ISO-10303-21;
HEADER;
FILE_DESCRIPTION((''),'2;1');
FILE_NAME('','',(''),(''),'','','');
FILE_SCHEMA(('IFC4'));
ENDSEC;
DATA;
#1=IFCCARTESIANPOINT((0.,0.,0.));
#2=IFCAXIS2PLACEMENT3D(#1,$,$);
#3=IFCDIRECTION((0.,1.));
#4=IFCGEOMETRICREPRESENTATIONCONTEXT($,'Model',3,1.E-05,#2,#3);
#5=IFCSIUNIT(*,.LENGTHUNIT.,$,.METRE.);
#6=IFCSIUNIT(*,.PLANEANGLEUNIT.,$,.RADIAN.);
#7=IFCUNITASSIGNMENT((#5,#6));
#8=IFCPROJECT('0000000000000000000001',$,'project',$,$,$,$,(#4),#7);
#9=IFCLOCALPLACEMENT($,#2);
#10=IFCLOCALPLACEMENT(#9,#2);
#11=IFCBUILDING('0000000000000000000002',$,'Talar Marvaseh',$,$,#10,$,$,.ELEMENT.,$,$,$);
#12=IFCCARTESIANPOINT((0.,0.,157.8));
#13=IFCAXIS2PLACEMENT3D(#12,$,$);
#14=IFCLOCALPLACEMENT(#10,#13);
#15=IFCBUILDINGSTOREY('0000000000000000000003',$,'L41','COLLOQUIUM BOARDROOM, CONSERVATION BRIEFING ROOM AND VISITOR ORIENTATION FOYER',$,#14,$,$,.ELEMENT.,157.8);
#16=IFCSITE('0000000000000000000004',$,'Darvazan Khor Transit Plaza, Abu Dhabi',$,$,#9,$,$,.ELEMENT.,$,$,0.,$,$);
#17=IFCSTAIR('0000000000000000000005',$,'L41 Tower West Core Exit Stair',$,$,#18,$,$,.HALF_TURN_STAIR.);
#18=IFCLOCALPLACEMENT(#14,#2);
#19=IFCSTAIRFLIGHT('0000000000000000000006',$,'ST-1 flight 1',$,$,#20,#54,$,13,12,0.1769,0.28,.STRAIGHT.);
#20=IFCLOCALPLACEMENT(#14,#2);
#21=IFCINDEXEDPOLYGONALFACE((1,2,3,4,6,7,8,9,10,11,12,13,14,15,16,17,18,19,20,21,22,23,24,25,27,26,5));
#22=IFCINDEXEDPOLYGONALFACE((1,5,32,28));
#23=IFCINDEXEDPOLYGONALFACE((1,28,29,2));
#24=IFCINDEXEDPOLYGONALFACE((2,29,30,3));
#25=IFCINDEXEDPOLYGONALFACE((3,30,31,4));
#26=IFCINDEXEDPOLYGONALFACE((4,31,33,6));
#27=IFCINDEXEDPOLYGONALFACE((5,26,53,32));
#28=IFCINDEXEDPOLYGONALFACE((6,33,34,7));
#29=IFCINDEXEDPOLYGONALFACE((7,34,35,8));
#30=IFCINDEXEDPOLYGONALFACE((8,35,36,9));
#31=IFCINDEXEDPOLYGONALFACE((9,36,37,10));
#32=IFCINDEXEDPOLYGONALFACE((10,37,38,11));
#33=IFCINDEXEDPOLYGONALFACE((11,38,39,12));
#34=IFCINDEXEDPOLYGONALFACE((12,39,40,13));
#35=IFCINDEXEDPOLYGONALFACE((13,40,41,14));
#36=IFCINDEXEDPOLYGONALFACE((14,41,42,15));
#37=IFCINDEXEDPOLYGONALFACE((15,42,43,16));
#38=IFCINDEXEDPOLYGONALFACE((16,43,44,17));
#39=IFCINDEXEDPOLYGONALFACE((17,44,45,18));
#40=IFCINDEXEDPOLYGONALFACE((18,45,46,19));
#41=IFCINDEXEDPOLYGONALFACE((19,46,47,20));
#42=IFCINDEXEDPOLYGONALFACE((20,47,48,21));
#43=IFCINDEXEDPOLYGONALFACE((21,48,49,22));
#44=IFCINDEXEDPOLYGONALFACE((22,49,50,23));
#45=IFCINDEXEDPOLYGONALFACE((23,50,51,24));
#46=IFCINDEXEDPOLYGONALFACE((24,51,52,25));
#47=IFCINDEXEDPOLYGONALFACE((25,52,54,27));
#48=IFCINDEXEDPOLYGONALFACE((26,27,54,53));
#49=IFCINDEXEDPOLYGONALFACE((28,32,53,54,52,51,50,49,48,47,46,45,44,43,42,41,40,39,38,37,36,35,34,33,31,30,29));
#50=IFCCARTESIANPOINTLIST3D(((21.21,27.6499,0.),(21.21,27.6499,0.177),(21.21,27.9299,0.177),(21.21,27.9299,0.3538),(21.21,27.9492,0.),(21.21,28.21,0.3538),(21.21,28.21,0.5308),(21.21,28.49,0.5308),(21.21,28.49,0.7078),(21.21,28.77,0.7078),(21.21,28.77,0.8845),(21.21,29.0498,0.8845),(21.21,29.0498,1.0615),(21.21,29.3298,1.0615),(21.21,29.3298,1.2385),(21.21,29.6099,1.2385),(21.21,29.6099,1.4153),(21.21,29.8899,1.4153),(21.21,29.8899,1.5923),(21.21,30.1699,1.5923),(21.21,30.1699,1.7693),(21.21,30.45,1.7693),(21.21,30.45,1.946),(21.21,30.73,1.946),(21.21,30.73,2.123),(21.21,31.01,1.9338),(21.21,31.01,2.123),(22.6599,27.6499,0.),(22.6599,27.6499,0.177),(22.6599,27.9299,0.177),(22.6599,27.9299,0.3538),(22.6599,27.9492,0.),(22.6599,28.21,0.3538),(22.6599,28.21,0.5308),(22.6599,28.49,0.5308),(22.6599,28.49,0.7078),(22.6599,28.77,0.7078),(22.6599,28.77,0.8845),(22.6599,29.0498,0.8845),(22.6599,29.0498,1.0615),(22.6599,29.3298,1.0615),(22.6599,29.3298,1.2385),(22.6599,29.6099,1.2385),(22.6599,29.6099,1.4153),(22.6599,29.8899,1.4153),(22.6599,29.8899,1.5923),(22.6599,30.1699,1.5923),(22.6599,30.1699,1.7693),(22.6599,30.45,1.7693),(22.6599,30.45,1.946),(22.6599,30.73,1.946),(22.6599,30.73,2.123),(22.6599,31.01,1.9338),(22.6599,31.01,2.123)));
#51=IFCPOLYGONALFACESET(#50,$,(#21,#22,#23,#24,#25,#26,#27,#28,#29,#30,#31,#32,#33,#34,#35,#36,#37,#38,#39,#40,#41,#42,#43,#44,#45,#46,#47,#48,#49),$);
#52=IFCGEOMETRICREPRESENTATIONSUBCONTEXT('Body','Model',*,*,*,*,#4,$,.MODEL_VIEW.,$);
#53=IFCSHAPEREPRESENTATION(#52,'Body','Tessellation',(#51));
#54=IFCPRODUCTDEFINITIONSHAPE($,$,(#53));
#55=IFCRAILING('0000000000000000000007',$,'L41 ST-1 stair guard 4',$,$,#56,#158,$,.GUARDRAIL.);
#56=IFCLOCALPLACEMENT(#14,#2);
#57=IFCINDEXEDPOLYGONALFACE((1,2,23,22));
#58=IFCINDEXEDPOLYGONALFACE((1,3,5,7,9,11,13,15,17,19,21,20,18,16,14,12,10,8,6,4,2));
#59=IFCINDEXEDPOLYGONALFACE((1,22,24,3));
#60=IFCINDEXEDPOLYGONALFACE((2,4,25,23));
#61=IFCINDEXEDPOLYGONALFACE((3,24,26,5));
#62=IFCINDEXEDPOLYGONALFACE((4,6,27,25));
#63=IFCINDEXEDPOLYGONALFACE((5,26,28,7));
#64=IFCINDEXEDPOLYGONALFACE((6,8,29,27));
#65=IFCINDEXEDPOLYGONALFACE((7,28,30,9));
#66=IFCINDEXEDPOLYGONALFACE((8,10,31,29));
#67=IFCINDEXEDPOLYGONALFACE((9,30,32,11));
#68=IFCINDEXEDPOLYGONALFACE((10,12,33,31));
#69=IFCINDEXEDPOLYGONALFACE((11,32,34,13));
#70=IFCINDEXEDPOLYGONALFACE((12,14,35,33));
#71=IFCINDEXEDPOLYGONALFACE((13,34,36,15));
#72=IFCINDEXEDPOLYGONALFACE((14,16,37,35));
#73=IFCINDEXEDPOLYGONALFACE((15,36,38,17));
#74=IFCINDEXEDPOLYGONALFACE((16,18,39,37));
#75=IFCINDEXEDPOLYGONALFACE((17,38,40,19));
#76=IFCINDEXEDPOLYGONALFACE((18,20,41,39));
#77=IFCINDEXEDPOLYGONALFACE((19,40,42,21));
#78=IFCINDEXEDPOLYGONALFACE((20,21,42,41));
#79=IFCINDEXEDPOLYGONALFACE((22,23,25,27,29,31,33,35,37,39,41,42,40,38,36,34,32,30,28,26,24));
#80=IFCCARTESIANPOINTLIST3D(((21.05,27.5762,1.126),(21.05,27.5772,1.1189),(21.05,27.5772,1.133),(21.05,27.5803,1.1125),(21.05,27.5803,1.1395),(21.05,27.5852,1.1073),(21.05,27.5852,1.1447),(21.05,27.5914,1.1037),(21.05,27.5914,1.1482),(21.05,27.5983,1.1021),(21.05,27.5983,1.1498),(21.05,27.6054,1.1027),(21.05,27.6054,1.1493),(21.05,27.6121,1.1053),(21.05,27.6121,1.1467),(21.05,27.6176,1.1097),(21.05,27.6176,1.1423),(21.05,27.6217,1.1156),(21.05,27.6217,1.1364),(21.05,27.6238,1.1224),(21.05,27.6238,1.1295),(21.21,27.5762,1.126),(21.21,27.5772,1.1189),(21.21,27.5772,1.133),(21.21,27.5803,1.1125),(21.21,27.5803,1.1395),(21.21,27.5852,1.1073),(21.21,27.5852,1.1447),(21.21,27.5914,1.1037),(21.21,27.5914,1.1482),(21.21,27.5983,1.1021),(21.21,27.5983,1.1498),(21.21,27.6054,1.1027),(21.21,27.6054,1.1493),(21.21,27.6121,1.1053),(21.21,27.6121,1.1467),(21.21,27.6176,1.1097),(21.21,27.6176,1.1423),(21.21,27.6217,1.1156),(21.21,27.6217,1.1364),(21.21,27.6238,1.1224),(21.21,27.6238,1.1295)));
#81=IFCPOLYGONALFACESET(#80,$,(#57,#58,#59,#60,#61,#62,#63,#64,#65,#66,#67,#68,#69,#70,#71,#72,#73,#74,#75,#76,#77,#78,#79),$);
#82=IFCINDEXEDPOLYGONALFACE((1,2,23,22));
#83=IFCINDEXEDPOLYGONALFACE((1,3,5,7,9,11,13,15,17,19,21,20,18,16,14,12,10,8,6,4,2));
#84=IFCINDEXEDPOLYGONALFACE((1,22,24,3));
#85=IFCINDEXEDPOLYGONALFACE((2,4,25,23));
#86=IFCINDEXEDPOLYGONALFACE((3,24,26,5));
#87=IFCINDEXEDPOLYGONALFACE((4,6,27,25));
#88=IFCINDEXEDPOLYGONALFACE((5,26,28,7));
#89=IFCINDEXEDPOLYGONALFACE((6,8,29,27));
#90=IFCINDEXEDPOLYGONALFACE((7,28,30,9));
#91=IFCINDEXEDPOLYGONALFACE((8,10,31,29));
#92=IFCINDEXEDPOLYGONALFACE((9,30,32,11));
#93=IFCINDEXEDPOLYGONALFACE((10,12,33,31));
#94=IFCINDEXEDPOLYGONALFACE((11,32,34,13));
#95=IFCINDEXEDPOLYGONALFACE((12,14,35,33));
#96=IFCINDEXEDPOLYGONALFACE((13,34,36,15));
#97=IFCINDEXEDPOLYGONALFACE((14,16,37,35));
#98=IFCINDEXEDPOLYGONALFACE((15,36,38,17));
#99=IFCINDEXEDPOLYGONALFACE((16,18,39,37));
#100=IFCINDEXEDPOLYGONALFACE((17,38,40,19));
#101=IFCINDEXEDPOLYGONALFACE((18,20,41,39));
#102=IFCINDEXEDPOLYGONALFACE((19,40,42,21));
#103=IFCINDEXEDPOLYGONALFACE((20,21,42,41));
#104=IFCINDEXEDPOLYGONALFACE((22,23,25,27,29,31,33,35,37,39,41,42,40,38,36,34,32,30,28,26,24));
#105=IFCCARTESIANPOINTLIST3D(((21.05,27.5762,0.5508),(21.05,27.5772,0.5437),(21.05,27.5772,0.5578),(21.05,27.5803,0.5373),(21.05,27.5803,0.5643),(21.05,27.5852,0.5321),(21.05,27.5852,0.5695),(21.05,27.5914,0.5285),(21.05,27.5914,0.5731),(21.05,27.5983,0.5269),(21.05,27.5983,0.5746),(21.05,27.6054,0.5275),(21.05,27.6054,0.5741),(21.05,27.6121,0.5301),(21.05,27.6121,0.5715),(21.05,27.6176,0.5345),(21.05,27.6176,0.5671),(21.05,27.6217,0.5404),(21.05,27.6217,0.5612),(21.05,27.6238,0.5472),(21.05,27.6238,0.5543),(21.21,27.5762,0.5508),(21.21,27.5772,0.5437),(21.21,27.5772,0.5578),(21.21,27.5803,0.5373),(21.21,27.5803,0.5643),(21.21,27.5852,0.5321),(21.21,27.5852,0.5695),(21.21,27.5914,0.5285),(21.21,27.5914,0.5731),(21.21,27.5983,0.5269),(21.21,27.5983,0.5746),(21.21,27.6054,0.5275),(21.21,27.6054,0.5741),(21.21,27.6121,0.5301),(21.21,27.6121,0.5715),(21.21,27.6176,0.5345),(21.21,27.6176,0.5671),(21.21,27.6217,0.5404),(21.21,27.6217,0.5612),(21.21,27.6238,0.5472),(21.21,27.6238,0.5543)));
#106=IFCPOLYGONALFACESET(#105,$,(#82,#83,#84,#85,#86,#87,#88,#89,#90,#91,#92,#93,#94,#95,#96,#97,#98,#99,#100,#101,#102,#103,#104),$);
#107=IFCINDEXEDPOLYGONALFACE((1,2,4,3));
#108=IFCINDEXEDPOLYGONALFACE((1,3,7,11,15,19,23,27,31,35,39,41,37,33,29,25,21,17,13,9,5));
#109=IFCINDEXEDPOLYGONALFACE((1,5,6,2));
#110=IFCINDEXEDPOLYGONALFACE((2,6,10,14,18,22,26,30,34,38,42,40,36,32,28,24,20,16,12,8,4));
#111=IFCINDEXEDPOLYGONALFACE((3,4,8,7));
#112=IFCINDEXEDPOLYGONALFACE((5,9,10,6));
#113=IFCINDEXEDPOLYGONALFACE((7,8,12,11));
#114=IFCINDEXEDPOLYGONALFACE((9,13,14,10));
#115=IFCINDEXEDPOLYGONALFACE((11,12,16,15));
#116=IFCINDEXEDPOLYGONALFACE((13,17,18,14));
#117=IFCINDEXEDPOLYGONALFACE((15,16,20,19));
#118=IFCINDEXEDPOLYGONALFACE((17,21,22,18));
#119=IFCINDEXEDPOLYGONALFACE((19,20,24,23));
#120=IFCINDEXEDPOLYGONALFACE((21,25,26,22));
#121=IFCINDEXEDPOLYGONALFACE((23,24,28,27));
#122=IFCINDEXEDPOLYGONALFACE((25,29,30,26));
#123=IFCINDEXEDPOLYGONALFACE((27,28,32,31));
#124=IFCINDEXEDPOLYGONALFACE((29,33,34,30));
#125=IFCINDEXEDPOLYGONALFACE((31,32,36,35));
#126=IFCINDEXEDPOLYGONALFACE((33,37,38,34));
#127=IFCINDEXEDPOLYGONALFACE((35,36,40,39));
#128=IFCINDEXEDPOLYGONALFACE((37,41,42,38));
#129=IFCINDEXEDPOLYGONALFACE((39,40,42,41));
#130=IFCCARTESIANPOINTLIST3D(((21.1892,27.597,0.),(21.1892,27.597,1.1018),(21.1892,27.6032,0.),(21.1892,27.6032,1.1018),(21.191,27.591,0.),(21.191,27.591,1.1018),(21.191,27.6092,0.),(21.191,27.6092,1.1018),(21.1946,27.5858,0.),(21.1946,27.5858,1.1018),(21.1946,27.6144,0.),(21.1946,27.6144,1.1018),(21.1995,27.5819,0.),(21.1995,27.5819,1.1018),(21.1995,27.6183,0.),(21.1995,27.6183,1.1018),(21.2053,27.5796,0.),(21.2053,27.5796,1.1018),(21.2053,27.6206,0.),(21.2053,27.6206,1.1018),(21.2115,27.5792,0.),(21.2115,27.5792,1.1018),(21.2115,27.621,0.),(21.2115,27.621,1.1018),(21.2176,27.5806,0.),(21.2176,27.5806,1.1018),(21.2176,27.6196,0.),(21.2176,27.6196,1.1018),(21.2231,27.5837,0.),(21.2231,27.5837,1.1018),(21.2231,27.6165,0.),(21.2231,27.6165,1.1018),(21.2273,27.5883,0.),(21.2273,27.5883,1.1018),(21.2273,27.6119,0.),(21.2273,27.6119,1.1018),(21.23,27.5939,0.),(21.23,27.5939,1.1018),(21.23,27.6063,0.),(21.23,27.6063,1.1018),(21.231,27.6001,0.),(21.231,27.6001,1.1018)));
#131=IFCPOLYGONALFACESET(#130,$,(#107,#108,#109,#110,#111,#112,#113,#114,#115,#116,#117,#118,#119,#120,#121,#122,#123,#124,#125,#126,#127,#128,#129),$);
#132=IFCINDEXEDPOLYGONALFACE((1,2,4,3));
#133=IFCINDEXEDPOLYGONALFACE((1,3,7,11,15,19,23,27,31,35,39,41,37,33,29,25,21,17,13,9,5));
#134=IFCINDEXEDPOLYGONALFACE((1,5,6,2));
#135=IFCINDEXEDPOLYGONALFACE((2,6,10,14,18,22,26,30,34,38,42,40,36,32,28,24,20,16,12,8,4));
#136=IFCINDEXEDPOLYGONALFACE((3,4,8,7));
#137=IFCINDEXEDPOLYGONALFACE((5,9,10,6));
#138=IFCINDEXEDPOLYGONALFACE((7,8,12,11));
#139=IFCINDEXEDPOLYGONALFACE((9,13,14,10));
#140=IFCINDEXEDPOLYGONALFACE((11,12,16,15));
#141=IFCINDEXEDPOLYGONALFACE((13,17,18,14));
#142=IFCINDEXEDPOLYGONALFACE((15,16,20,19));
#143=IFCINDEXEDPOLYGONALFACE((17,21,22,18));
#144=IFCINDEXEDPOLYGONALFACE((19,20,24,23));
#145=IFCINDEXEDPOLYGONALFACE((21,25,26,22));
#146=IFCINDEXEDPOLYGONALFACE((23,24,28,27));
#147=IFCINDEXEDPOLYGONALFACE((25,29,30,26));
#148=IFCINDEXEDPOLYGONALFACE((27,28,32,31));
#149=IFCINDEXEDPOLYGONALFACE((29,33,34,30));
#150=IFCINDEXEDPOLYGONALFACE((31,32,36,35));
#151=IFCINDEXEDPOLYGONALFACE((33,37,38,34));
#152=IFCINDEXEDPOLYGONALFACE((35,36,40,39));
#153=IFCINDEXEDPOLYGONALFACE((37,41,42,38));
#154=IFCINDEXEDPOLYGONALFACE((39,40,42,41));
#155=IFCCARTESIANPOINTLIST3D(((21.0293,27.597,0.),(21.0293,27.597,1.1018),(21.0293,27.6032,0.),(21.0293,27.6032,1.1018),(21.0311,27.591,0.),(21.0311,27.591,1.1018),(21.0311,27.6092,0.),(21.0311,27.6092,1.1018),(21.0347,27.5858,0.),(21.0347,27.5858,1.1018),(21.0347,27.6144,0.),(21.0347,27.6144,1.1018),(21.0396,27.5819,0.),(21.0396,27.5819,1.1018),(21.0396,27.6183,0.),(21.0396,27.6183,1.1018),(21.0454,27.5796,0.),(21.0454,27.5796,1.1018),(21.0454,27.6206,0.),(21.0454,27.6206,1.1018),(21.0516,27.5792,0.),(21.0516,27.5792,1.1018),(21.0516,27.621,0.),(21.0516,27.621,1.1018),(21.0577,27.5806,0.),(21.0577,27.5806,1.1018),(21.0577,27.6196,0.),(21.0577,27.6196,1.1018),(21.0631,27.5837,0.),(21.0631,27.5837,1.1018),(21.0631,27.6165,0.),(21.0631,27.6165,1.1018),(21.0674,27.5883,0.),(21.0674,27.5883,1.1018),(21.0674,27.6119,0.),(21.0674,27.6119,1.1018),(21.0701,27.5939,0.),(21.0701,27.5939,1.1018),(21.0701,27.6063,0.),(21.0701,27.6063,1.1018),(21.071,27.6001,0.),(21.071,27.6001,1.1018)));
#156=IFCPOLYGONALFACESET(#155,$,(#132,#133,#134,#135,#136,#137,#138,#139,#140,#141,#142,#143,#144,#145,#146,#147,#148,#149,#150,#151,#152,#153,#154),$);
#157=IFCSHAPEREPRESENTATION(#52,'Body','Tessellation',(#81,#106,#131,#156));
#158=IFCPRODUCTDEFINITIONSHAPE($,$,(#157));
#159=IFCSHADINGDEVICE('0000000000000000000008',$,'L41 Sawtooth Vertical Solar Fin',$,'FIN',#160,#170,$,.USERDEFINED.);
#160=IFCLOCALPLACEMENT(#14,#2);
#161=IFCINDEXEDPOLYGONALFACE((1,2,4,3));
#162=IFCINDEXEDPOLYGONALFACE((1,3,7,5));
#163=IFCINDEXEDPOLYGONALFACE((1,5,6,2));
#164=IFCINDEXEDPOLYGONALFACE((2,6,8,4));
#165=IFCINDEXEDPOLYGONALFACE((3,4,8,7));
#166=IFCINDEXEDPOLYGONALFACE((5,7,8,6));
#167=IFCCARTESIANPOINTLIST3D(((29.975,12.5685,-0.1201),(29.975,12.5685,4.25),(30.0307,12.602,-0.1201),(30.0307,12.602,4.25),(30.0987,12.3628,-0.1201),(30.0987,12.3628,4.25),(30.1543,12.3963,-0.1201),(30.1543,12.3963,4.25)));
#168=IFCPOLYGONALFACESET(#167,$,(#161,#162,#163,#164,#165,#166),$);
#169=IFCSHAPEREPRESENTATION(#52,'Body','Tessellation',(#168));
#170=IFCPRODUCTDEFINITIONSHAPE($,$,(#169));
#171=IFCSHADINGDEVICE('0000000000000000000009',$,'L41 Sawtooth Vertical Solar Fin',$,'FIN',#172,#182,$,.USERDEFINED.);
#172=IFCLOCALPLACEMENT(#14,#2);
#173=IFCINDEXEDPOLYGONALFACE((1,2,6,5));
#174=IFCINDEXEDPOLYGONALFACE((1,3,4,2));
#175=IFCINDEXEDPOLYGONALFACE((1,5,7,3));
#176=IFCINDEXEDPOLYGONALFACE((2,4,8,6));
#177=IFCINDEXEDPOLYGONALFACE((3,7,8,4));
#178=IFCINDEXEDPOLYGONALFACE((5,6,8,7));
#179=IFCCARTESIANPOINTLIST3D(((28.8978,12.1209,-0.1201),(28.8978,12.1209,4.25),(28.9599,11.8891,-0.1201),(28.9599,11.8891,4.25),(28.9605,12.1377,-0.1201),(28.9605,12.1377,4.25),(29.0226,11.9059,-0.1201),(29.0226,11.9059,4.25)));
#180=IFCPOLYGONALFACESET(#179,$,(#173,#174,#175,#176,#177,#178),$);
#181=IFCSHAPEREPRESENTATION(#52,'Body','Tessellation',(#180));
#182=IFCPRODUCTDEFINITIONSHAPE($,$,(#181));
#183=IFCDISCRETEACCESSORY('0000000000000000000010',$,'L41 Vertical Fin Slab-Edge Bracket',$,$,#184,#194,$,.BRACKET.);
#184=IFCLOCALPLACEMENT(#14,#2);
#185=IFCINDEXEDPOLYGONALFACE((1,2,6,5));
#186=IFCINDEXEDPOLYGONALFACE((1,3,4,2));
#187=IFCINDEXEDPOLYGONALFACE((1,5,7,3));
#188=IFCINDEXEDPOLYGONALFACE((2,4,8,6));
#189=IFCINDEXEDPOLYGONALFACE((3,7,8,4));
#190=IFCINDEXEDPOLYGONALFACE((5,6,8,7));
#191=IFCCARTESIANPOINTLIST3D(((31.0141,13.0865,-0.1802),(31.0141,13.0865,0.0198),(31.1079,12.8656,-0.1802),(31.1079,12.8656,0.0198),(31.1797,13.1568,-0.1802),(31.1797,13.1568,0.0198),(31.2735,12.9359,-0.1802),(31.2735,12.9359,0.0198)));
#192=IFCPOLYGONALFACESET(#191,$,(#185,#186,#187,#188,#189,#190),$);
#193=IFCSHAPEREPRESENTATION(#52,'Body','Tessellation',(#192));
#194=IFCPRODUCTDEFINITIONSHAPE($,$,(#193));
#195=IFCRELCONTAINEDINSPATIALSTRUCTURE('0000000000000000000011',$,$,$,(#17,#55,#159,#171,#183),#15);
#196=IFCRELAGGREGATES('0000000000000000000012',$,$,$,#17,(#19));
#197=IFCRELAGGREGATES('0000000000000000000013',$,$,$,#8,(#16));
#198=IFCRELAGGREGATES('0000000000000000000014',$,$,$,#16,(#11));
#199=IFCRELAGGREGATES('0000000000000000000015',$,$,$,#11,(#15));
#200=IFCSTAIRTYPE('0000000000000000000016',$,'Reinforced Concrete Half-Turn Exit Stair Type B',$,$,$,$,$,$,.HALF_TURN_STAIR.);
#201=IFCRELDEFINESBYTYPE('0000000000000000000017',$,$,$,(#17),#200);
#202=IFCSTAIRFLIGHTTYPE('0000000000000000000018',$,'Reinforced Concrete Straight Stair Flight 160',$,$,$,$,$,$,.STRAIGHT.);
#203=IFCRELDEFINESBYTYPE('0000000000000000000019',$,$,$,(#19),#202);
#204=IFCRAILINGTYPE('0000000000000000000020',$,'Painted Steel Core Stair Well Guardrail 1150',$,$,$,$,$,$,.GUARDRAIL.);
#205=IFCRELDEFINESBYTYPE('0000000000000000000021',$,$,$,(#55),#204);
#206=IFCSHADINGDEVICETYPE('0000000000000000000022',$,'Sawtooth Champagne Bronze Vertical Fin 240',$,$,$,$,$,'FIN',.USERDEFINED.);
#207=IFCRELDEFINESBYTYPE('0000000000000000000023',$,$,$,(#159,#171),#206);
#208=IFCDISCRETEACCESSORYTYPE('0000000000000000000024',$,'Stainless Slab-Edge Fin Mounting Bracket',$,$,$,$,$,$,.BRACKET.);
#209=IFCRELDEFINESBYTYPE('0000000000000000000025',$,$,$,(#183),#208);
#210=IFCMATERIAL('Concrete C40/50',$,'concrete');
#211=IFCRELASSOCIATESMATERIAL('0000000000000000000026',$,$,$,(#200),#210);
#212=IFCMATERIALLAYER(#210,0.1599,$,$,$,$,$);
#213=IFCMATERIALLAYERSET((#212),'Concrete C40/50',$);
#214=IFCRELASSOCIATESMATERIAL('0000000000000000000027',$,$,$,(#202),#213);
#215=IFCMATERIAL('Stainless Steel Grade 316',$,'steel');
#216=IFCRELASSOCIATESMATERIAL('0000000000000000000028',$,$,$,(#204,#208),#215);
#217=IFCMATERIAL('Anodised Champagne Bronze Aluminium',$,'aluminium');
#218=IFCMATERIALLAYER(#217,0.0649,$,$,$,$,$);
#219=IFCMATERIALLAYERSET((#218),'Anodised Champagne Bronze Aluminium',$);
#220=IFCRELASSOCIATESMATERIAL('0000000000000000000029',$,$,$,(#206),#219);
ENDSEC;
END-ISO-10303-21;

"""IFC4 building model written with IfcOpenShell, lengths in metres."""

from ifc_helpers import new_model, si_unit, direction, frame, origin, origin_2d, place, context, subcontext, project, spatial, polyline, rectangle, circle, outline, extrude, source, transform, mapped, material, layer, layer_set, type_object, type_shapes, element, aggregate, save


model = new_model("IFC4")

# Units and contexts
model_context = context("Model", 3, precision=1e-05, world=origin(), true_north=direction((0.0, 1.0)))
body_context = subcontext(model_context, "Body", "Model", "MODEL_VIEW")
ifc_project = project(units=[si_unit("LENGTHUNIT", "METRE"), si_unit("PLANEANGLEUNIT", "RADIAN")], contexts=[model_context])

# Site, building, storey
site_placement = place(None, origin())
site = spatial("IfcSite", under=ifc_project, at=site_placement, Name="Darvazan Khor Transit Plaza, Abu Dhabi", CompositionType="ELEMENT", RefElevation=0.0)
building_placement = place(site_placement, origin())
building = spatial("IfcBuilding", under=site, at=building_placement, Name="Talar Marvaseh", CompositionType="ELEMENT")
storey_placement = place(building_placement, frame((0.0, 0.0, 157.8)))
storey = spatial("IfcBuildingStorey", under=building, at=storey_placement, Name="L41", Description="COLLOQUIUM BOARDROOM, CONSERVATION BRIEFING ROOM AND VISITOR ORIENTATION FOYER", CompositionType="ELEMENT", Elevation=157.8)

# Shared definitions
ifc_material_1 = material(Name="Concrete C40/50", Category="concrete")

# Stair, stair flight
stair_type = type_object("IfcStairType", Name="Reinforced Concrete Half-Turn Exit Stair Type B", PredefinedType="HALF_TURN_STAIR", material=ifc_material_1)
stair_placement = place(storey_placement, origin())
stair = element("IfcStair", 1, at=stair_placement, inside=storey, type_object=stair_type, Name="L41 Tower West Core Exit Stair", PredefinedType="HALF_TURN_STAIR")
ifc_layer_1 = layer(ifc_material_1, 0.1599)
ifc_layer_set_1 = layer_set([ifc_layer_1], Name="Concrete C40/50")
stair_flight_type = type_object("IfcStairFlightType", Name="Reinforced Concrete Straight Stair Flight 160", PredefinedType="STRAIGHT", material=ifc_layer_set_1)
stair_flight_placement = place(storey_placement, frame((21.9351, 27.6499, 0.0), z_axis=(0.0, 0.0, 1.0), x_axis=(0.0, 1.0, 0.0)))
stair_flight = element("IfcStairFlight", 2, at=stair_flight_placement, type_object=stair_flight_type, Name="ST-1 flight 1", NumberOfRisers=13, NumberOfTreads=12, PredefinedType="STRAIGHT", RiserHeight=0.1769, TreadLength=0.28, context=body_context, shape_type="SweptSolid", body=[
    extrude(outline(polyline([(0.0, 0.0), (0.0, 0.177), (0.28, 0.177), (0.28, 0.3538), (0.5601, 0.3538), (0.5601, 0.5308), (0.8401, 0.5308), (0.8401, 0.7078), (1.1201, 0.7078), (1.1201, 0.8845), (1.3999, 0.8845), (1.3999, 1.0615), (1.6799, 1.0615), (1.6799, 1.2385), (1.96, 1.2385), (1.96, 1.4153), (2.24, 1.4153), (2.24, 1.5923), (2.52, 1.5923), (2.52, 1.7693), (2.8, 1.7693), (2.8, 1.946), (3.0801, 1.946), (3.0801, 2.123), (3.3601, 2.123), (3.3601, 2.3), (3.3601, 1.9338), (0.2993, 0.0), (0.0, 0.0)])), frame((0.0, 0.7251, 0.0), z_axis=(0.0, -1.0, 0.0), x_axis=(1.0, 0.0, 0.0)), (0.0, 0.0, 1.0), 1.45),
])
aggregate(stair, [stair_flight])

# Railing
ifc_material_2 = material(Name="Stainless Steel Grade 316", Category="steel")
railing_type = type_object("IfcRailingType", Name="Painted Steel Core Stair Well Guardrail 1150", PredefinedType="GUARDRAIL", material=ifc_material_2)
railing_placement = place(storey_placement, frame((21.21, 27.6001, 0.0)))
element("IfcRailing", 3, at=railing_placement, inside=storey, type_object=railing_type, Name="L41 ST-1 stair guard 4", PredefinedType="GUARDRAIL", context=body_context, shape_type="SweptSolid", body=[
    extrude(circle(Radius=0.0239, at=origin_2d()), frame((0.0, 0.0, 1.126), z_axis=(-1.0, 0.0, 0.0), x_axis=(0.0, -1.0, 0.0)), (0.0, 0.0, 1.0), 0.1599),
    extrude(circle(Radius=0.0239, at=origin_2d()), frame((0.0, 0.0, 0.5508), z_axis=(-1.0, 0.0, 0.0), x_axis=(0.0, -1.0, 0.0)), (0.0, 0.0, 1.0), 0.1599),
    extrude(circle(Radius=0.021, at=origin_2d()), origin(), (0.0, 0.0, 1.0), 1.1018),
    extrude(circle(Radius=0.021, at=origin_2d()), frame((-0.1599, 0.0, 0.0)), (0.0, 0.0, 1.0), 1.1018),
])

# Shading devices
ifc_material_3 = material(Name="Anodised Champagne Bronze Aluminium", Category="aluminium")
ifc_layer_2 = layer(ifc_material_3, 0.0649)
ifc_layer_set_2 = layer_set([ifc_layer_2], Name="Anodised Champagne Bronze Aluminium")
shading_device_type = type_object("IfcShadingDeviceType", Name="Sawtooth Champagne Bronze Vertical Fin 240", ElementType="FIN", PredefinedType="USERDEFINED", material=ifc_layer_set_2)
shared_shape_1 = source(origin(), body_context, "Body", "SweptSolid", [
    extrude(rectangle(XDim=0.24, YDim=0.0649, at=origin_2d()), origin(), (0.0, 0.0, 1.0), 4.3701),
])
type_shapes(shading_device_type, [shared_shape_1])
for number, where, z_axis, x_axis, name in (
    (4, (30.0647, 12.4824, -0.1201), (0.0, 0.0, 1.0), (0.515188, -0.857077, 0.0), "L41 Sawtooth Vertical Solar Fin"),
    (5, (28.9602, 12.0134, -0.1201), (0.0, 0.0, 1.0), (0.258988, -0.965881, 0.0), "L41 Sawtooth Vertical Solar Fin"),
):
    element("IfcShadingDevice", number, at=place(storey_placement, frame(where, z_axis=z_axis, x_axis=x_axis)), inside=storey, type_object=shading_device_type, Name=name, ObjectType="FIN", PredefinedType="USERDEFINED", context=body_context, shape_type="MappedRepresentation", body=[
        mapped(shared_shape_1, transform((0.0, 0.0, 0.0), x_axis=(1.0, 0.0, 0.0), y_axis=(0.0, 1.0, 0.0), z_axis=(0.0, 0.0, 1.0), scale=1.0)),
    ])

# Discrete accessory
discrete_accessory_type = type_object("IfcDiscreteAccessoryType", Name="Stainless Slab-Edge Fin Mounting Bracket", PredefinedType="BRACKET", material=ifc_material_2)
shared_shape_2 = source(origin(), body_context, "Body", "SweptSolid", [
    extrude(rectangle(XDim=0.24, YDim=0.1799, at=origin_2d()), origin(), (0.0, 0.0, 1.0), 0.2),
])
type_shapes(discrete_accessory_type, [shared_shape_2])
for number, where, z_axis, x_axis, name in (
    (6, (31.1438, 13.0112, -0.1802), (0.0, 0.0, 1.0), (0.390892, -0.920437, 0.0), "L41 Vertical Fin Slab-Edge Bracket"),
):
    element("IfcDiscreteAccessory", number, at=place(storey_placement, frame(where, z_axis=z_axis, x_axis=x_axis)), inside=storey, type_object=discrete_accessory_type, Name=name, PredefinedType="BRACKET", context=body_context, shape_type="MappedRepresentation", body=[
        mapped(shared_shape_2, transform((0.0, 0.0, 0.0), x_axis=(1.0, 0.0, 0.0), y_axis=(0.0, 1.0, 0.0), z_axis=(0.0, 0.0, 1.0), scale=1.0)),
    ])

save(model, "model.ifc")
